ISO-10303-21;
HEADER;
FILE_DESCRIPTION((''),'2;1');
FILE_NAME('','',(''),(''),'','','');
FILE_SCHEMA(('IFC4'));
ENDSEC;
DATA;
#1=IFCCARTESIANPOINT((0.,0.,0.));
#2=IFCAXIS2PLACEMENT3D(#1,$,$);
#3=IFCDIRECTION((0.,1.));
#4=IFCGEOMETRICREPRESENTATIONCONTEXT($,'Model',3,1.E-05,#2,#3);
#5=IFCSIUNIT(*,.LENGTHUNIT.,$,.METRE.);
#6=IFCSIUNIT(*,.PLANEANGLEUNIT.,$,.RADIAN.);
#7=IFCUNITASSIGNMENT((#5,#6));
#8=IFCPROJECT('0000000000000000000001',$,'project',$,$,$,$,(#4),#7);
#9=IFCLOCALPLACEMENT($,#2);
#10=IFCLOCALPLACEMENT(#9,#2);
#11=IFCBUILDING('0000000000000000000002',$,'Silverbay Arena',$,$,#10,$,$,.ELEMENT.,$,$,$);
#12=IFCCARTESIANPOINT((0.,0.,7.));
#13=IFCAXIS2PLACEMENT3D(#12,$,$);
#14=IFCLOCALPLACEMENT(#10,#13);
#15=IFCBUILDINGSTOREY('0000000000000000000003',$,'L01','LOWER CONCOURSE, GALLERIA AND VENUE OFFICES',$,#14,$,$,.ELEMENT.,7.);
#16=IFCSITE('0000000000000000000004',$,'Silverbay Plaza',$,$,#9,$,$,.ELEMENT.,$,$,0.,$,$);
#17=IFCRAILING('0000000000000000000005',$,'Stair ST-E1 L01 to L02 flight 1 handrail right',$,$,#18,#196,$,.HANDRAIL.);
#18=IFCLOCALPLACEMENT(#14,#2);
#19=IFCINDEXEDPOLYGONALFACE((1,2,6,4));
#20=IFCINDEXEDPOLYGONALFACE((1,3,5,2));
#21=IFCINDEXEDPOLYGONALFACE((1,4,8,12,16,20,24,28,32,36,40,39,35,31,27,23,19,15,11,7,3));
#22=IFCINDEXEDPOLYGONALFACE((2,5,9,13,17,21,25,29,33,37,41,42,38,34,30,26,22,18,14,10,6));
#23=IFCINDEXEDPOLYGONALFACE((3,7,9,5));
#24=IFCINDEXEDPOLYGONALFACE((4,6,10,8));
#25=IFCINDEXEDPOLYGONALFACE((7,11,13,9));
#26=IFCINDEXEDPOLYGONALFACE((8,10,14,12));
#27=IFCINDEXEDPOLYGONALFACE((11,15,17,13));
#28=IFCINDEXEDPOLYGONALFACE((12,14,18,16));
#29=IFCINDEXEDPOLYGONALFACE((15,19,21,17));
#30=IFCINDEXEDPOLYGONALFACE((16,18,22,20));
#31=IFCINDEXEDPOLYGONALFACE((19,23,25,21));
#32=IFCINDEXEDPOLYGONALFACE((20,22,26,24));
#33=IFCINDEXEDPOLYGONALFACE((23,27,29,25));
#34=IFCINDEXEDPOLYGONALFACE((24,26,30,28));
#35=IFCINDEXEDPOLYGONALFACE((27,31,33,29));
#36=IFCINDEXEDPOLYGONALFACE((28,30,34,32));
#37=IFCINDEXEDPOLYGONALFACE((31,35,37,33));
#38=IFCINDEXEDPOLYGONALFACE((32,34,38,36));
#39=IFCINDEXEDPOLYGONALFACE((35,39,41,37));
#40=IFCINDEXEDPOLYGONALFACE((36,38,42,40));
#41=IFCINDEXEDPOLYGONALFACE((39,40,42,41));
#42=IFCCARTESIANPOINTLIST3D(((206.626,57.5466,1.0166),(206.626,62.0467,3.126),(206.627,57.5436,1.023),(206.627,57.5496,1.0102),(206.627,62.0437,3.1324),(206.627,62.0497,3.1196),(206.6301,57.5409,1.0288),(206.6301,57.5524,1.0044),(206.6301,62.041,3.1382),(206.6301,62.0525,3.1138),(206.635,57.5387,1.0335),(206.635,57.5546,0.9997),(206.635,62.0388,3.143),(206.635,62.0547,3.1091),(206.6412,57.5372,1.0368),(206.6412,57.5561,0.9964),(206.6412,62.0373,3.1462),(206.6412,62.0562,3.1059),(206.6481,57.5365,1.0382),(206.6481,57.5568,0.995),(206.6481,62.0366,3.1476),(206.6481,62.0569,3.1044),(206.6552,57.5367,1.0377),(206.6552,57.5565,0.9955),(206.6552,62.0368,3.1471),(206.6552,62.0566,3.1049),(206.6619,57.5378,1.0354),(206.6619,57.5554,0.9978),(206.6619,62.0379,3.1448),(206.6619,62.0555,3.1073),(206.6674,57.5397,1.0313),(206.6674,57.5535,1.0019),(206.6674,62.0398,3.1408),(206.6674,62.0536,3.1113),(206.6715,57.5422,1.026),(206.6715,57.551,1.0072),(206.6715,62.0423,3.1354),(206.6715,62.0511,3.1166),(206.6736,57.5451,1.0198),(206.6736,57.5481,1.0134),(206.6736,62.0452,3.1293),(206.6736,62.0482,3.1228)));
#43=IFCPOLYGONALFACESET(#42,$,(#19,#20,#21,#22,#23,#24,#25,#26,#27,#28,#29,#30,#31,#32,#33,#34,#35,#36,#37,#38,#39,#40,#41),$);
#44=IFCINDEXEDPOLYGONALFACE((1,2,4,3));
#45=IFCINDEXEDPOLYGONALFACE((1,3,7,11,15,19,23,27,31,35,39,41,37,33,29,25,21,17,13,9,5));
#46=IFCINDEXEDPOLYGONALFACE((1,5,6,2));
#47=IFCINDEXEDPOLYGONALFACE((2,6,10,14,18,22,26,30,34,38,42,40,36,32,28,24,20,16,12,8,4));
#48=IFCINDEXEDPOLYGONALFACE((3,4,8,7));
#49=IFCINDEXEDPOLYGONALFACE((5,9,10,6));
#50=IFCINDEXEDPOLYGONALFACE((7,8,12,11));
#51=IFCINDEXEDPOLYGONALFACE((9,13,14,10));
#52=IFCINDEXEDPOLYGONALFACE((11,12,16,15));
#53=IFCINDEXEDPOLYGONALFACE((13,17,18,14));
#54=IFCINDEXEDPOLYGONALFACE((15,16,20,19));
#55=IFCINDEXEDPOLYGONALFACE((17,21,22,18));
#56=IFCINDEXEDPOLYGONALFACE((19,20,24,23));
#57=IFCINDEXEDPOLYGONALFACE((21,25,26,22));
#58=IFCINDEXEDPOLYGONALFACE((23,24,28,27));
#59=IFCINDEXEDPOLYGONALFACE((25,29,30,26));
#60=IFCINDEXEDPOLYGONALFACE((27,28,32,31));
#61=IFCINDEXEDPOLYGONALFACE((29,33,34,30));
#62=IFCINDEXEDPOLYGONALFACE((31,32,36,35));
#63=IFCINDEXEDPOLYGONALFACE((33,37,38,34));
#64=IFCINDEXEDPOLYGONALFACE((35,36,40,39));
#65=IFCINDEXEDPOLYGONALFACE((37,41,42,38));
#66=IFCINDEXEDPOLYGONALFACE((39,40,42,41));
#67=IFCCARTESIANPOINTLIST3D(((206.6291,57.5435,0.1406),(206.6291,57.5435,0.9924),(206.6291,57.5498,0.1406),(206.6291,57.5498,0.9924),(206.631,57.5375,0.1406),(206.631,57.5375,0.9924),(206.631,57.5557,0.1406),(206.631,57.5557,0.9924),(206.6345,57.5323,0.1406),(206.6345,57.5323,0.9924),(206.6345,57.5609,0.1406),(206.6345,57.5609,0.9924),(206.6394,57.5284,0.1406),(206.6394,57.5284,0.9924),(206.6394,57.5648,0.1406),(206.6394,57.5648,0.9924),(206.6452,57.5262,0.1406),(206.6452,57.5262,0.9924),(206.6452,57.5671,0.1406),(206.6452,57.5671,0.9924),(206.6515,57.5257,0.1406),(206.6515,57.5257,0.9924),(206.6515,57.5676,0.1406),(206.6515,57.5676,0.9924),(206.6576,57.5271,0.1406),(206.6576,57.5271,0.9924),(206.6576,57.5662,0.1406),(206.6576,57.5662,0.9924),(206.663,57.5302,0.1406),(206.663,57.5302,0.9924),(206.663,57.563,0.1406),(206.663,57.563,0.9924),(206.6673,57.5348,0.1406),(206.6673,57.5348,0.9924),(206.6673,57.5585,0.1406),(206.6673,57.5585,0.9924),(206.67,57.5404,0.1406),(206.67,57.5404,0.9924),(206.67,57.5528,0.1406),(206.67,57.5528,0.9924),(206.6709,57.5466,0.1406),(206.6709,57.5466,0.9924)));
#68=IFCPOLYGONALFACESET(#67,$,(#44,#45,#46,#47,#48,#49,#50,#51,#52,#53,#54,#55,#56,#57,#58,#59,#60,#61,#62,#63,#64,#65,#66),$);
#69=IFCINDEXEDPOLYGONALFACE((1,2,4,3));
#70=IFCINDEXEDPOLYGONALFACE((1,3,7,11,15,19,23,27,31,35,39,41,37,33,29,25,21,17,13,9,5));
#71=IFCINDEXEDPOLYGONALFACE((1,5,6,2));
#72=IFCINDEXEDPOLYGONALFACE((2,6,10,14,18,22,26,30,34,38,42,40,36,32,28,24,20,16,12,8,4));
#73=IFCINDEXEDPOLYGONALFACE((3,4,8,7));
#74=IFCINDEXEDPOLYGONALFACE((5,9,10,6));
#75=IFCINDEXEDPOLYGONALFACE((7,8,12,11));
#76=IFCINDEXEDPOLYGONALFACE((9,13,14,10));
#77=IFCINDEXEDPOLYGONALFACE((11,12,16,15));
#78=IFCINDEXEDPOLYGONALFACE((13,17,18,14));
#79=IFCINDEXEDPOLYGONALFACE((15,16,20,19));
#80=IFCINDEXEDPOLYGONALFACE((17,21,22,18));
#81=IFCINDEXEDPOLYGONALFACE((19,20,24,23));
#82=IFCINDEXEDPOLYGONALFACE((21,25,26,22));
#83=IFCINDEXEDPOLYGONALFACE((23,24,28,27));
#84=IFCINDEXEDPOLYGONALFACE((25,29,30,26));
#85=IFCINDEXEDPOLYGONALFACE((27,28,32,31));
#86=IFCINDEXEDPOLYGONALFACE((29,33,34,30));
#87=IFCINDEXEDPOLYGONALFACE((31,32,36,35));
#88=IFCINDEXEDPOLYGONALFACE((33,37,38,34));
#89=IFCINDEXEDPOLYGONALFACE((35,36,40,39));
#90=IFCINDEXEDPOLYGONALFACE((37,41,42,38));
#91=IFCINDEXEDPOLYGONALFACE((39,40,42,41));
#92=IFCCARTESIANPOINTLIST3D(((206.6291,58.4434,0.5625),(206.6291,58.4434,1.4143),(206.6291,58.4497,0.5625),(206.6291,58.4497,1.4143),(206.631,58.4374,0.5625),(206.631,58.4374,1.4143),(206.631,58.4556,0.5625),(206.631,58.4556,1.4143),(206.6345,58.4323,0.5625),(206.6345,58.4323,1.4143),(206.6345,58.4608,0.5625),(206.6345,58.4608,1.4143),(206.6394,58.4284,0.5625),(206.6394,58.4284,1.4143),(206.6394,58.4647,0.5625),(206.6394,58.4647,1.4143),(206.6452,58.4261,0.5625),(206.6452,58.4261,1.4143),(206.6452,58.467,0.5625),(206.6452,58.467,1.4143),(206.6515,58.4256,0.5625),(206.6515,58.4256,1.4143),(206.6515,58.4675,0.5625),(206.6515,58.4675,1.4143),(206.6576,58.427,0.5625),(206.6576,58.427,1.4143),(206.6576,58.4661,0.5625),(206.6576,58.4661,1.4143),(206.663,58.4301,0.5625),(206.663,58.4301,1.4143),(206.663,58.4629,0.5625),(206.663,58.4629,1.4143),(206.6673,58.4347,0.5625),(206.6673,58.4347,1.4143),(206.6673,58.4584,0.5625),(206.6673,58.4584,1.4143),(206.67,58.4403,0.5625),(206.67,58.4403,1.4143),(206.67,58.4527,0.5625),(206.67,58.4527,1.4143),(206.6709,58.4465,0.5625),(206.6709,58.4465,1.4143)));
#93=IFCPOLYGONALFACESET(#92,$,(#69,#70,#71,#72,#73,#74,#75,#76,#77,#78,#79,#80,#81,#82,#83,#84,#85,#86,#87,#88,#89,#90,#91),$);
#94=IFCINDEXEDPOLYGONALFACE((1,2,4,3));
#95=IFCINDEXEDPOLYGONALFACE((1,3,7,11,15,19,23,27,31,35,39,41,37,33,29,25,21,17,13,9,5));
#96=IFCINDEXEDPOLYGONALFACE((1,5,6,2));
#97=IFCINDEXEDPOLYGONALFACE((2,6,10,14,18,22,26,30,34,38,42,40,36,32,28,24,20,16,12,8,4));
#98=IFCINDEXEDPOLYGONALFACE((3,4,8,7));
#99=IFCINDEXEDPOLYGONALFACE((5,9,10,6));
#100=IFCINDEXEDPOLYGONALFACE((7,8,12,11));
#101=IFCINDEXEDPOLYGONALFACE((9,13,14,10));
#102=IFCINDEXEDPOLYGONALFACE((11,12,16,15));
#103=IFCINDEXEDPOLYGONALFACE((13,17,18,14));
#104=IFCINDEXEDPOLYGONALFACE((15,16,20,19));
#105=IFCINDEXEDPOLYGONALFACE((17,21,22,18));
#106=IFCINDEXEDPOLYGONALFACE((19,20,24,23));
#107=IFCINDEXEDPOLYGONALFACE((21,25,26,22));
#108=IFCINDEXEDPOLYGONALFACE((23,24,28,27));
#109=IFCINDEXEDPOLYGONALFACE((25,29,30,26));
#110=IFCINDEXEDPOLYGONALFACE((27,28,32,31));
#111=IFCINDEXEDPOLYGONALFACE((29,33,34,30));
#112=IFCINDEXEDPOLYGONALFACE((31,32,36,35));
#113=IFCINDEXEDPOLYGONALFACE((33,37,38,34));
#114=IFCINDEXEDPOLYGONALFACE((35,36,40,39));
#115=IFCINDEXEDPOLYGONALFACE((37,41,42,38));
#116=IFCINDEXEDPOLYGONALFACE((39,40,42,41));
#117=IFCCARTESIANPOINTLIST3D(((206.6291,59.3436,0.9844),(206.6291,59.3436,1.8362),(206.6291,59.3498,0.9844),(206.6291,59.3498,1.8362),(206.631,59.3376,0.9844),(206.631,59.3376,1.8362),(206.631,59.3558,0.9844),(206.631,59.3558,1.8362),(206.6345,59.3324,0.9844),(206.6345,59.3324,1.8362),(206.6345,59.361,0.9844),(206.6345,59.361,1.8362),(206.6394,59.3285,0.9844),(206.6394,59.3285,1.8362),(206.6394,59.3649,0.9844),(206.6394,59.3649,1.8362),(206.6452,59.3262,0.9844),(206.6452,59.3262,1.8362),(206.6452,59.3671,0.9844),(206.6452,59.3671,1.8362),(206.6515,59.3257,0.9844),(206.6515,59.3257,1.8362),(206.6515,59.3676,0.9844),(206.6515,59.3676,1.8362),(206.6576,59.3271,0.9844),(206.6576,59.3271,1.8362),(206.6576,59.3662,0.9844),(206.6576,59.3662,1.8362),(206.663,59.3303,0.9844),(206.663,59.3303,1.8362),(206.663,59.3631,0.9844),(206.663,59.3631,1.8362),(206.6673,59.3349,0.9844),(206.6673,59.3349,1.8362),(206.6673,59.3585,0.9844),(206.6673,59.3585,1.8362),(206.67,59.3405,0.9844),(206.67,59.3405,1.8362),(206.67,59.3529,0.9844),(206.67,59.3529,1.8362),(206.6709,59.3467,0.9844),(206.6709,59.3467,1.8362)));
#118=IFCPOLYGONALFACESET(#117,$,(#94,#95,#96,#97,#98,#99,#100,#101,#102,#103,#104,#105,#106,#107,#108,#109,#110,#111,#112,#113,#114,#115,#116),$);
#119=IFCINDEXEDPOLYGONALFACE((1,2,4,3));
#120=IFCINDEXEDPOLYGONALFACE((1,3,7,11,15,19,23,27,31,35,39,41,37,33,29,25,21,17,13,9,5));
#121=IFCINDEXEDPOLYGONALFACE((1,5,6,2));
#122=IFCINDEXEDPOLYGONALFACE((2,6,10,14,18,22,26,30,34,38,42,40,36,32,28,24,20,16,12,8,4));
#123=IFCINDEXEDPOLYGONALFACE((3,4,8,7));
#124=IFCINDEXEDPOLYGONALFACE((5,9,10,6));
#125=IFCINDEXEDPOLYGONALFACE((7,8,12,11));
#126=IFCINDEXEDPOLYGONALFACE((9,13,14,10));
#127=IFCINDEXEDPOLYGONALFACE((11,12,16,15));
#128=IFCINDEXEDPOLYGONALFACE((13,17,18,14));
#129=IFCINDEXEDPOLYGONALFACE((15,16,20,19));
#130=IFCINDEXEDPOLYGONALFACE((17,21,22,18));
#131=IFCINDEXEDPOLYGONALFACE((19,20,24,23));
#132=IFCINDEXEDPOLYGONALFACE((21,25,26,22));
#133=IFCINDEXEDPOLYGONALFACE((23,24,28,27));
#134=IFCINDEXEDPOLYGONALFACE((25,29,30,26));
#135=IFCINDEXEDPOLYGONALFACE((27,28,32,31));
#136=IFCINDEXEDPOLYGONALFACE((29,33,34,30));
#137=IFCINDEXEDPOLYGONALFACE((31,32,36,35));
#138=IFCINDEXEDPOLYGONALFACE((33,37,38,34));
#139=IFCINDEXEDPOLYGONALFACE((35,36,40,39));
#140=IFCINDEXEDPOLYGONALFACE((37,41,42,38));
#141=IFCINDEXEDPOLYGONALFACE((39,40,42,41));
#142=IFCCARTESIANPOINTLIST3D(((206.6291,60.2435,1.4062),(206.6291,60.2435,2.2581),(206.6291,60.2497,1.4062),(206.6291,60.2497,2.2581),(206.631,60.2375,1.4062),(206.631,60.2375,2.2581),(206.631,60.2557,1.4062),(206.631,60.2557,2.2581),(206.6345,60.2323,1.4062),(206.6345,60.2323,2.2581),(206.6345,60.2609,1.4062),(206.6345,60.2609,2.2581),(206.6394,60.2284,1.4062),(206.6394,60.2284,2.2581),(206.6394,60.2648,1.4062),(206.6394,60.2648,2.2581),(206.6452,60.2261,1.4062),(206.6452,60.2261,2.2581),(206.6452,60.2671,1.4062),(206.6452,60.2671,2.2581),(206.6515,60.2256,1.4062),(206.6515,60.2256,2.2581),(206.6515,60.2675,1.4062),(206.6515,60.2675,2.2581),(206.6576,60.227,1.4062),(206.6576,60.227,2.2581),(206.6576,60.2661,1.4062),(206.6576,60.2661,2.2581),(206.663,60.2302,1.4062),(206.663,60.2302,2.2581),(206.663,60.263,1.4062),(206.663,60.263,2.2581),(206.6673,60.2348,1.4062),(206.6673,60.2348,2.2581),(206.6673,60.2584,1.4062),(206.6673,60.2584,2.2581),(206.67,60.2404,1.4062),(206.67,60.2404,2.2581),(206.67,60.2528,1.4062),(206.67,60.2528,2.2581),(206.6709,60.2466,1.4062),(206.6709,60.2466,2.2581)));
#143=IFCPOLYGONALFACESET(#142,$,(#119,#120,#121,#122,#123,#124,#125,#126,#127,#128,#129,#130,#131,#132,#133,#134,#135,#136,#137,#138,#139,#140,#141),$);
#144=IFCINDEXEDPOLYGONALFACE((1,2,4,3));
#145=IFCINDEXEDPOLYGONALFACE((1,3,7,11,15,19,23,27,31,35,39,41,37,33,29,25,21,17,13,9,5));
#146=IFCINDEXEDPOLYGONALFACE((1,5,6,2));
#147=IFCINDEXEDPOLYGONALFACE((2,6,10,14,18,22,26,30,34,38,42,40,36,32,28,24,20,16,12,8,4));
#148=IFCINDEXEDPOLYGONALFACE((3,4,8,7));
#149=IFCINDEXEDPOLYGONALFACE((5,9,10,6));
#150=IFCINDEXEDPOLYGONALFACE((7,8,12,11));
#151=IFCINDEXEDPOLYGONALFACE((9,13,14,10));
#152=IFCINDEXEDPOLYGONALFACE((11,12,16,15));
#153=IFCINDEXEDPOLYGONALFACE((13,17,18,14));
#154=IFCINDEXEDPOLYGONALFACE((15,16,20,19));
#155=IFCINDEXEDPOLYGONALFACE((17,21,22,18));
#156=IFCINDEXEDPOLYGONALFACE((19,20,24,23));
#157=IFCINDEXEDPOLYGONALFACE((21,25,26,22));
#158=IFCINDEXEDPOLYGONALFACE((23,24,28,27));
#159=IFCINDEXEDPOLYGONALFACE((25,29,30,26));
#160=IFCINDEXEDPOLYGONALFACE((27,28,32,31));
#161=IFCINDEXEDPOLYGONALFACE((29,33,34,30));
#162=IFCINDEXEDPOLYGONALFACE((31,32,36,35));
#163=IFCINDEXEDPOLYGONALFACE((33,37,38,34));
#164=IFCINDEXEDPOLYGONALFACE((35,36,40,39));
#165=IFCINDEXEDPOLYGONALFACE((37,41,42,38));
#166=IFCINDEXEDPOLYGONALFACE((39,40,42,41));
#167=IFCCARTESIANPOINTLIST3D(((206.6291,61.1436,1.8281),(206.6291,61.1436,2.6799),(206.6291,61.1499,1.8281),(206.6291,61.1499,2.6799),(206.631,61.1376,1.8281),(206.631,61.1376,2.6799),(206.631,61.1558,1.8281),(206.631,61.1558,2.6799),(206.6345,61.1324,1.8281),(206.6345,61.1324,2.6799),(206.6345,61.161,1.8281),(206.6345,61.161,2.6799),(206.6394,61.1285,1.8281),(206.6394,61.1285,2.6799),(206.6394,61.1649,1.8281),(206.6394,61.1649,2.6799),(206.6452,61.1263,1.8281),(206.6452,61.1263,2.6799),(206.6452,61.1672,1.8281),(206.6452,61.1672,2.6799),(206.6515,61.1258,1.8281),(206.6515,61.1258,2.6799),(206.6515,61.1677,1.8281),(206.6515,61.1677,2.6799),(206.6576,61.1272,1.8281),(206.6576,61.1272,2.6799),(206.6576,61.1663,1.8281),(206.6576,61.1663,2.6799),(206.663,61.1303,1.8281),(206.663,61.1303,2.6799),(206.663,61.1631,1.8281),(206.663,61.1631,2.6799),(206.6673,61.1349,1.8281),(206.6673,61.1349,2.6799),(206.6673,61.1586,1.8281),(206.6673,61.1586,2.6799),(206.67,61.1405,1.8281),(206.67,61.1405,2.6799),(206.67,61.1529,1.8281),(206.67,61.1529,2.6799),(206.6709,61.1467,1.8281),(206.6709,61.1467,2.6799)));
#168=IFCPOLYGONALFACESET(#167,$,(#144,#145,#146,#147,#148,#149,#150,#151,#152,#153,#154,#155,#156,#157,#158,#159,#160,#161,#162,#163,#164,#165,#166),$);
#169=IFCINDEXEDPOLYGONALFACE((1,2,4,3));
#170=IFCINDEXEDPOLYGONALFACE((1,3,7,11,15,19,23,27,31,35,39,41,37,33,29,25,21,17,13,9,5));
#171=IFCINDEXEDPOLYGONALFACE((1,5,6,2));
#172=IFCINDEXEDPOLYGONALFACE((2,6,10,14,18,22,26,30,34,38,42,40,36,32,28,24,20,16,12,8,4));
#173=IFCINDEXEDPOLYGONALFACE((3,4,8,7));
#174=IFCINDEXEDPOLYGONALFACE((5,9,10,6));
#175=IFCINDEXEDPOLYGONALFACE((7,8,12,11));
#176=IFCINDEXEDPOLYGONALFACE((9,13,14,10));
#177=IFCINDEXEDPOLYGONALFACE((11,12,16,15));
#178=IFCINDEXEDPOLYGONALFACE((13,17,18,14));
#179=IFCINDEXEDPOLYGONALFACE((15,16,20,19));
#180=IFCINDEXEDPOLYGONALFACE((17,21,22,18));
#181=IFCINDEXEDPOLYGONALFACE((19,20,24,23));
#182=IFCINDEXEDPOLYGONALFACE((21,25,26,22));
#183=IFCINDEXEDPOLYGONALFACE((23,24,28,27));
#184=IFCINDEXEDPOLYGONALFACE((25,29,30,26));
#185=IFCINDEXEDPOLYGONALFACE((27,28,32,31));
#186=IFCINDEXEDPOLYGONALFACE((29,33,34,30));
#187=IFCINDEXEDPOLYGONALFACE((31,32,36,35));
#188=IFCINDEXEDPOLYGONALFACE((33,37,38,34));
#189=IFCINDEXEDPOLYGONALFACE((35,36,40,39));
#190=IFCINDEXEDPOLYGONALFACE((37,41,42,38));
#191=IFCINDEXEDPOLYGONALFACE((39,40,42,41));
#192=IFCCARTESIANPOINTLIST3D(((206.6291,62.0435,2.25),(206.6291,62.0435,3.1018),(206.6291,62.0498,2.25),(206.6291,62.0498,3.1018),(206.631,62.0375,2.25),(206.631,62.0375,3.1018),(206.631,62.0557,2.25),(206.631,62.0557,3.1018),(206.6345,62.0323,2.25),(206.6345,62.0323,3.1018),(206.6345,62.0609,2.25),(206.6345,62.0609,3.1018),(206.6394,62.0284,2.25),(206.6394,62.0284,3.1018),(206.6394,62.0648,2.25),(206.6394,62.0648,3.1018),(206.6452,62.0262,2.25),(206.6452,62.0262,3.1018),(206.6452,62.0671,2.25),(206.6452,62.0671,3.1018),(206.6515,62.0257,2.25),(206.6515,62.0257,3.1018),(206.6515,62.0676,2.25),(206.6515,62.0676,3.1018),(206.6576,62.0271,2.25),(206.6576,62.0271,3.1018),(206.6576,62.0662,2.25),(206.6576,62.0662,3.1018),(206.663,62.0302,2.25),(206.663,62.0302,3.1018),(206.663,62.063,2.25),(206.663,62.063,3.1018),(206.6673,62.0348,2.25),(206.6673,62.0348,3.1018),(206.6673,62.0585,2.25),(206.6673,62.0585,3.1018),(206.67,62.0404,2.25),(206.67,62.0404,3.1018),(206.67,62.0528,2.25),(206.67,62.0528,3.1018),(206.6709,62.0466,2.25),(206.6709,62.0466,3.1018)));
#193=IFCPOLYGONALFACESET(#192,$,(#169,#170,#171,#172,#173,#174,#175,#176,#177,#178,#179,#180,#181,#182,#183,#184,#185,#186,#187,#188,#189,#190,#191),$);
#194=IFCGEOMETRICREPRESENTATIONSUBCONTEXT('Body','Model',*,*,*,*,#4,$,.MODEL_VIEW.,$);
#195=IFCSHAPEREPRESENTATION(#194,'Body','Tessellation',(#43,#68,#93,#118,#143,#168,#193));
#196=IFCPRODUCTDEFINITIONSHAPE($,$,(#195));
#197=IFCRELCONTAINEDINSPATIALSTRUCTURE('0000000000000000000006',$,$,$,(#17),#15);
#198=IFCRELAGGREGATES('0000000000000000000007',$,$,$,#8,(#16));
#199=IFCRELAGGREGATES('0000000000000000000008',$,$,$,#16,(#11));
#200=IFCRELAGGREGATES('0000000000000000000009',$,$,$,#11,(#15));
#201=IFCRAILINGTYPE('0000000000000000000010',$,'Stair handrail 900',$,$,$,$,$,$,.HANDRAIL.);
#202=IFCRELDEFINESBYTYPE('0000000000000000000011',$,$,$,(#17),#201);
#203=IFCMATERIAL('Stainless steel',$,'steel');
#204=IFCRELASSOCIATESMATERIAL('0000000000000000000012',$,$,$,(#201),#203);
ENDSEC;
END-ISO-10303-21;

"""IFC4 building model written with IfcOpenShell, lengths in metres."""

from ifc_helpers import new_model, si_unit, direction, frame, origin, origin_2d, place, context, subcontext, project, spatial, circle, extrude, material, type_object, element, save


model = new_model("IFC4")

# Units and contexts
model_context = context("Model", 3, precision=1e-05, world=origin(), true_north=direction((0.0, 1.0)))
body_context = subcontext(model_context, "Body", "Model", "MODEL_VIEW")
ifc_project = project(units=[si_unit("LENGTHUNIT", "METRE"), si_unit("PLANEANGLEUNIT", "RADIAN")], contexts=[model_context])

# Site, building, storey
site_placement = place(None, origin())
site = spatial("IfcSite", under=ifc_project, at=site_placement, Name="Silverbay Plaza", CompositionType="ELEMENT", RefElevation=0.0)
building_placement = place(site_placement, origin())
building = spatial("IfcBuilding", under=site, at=building_placement, Name="Silverbay Arena", CompositionType="ELEMENT")
storey_placement = place(building_placement, frame((0.0, 0.0, 7.0)))
storey = spatial("IfcBuildingStorey", under=building, at=storey_placement, Name="L01", Description="LOWER CONCOURSE, GALLERIA AND VENUE OFFICES", CompositionType="ELEMENT", Elevation=7.0)

# Railing
ifc_material_1 = material(Name="Stainless steel", Category="steel")
railing_type_1 = type_object("IfcRailingType", Name="Stair handrail 900", PredefinedType="HANDRAIL", material=ifc_material_1)
for number, where, name in (
    (1, (206.6499, 57.5466, 0.1406), "Stair ST-E1 L01 to L02 flight 1 handrail right"),
):
    element("IfcRailing", number, at=place(storey_placement, frame(where)), inside=storey, type_object=railing_type_1, Name=name, PredefinedType="HANDRAIL", context=body_context, shape_type="SweptSolid", body=[
        extrude(circle(Radius=0.0239, at=origin_2d()), frame((0.0, 0.0, 0.876), z_axis=(0.0, 0.905459, 0.424434), x_axis=(-1.0, 0.0, 0.0)), (0.0, 0.0, 1.0), 4.97),
        extrude(circle(Radius=0.021, at=origin_2d()), origin(), (0.0, 0.0, 1.0), 0.8518),
        extrude(circle(Radius=0.021, at=origin_2d()), frame((0.0, 0.8999, 0.4219)), (0.0, 0.0, 1.0), 0.8518),
        extrude(circle(Radius=0.021, at=origin_2d()), frame((0.0, 1.8, 0.8438)), (0.0, 0.0, 1.0), 0.8518),
        extrude(circle(Radius=0.021, at=origin_2d()), frame((0.0, 2.7, 1.2656)), (0.0, 0.0, 1.0), 0.8518),
        extrude(circle(Radius=0.021, at=origin_2d()), frame((0.0, 3.6001, 1.6875)), (0.0, 0.0, 1.0), 0.8518),
        extrude(circle(Radius=0.021, at=origin_2d()), frame((0.0, 4.5, 2.1094)), (0.0, 0.0, 1.0), 0.8518),
    ])

save(model, "model.ifc")
